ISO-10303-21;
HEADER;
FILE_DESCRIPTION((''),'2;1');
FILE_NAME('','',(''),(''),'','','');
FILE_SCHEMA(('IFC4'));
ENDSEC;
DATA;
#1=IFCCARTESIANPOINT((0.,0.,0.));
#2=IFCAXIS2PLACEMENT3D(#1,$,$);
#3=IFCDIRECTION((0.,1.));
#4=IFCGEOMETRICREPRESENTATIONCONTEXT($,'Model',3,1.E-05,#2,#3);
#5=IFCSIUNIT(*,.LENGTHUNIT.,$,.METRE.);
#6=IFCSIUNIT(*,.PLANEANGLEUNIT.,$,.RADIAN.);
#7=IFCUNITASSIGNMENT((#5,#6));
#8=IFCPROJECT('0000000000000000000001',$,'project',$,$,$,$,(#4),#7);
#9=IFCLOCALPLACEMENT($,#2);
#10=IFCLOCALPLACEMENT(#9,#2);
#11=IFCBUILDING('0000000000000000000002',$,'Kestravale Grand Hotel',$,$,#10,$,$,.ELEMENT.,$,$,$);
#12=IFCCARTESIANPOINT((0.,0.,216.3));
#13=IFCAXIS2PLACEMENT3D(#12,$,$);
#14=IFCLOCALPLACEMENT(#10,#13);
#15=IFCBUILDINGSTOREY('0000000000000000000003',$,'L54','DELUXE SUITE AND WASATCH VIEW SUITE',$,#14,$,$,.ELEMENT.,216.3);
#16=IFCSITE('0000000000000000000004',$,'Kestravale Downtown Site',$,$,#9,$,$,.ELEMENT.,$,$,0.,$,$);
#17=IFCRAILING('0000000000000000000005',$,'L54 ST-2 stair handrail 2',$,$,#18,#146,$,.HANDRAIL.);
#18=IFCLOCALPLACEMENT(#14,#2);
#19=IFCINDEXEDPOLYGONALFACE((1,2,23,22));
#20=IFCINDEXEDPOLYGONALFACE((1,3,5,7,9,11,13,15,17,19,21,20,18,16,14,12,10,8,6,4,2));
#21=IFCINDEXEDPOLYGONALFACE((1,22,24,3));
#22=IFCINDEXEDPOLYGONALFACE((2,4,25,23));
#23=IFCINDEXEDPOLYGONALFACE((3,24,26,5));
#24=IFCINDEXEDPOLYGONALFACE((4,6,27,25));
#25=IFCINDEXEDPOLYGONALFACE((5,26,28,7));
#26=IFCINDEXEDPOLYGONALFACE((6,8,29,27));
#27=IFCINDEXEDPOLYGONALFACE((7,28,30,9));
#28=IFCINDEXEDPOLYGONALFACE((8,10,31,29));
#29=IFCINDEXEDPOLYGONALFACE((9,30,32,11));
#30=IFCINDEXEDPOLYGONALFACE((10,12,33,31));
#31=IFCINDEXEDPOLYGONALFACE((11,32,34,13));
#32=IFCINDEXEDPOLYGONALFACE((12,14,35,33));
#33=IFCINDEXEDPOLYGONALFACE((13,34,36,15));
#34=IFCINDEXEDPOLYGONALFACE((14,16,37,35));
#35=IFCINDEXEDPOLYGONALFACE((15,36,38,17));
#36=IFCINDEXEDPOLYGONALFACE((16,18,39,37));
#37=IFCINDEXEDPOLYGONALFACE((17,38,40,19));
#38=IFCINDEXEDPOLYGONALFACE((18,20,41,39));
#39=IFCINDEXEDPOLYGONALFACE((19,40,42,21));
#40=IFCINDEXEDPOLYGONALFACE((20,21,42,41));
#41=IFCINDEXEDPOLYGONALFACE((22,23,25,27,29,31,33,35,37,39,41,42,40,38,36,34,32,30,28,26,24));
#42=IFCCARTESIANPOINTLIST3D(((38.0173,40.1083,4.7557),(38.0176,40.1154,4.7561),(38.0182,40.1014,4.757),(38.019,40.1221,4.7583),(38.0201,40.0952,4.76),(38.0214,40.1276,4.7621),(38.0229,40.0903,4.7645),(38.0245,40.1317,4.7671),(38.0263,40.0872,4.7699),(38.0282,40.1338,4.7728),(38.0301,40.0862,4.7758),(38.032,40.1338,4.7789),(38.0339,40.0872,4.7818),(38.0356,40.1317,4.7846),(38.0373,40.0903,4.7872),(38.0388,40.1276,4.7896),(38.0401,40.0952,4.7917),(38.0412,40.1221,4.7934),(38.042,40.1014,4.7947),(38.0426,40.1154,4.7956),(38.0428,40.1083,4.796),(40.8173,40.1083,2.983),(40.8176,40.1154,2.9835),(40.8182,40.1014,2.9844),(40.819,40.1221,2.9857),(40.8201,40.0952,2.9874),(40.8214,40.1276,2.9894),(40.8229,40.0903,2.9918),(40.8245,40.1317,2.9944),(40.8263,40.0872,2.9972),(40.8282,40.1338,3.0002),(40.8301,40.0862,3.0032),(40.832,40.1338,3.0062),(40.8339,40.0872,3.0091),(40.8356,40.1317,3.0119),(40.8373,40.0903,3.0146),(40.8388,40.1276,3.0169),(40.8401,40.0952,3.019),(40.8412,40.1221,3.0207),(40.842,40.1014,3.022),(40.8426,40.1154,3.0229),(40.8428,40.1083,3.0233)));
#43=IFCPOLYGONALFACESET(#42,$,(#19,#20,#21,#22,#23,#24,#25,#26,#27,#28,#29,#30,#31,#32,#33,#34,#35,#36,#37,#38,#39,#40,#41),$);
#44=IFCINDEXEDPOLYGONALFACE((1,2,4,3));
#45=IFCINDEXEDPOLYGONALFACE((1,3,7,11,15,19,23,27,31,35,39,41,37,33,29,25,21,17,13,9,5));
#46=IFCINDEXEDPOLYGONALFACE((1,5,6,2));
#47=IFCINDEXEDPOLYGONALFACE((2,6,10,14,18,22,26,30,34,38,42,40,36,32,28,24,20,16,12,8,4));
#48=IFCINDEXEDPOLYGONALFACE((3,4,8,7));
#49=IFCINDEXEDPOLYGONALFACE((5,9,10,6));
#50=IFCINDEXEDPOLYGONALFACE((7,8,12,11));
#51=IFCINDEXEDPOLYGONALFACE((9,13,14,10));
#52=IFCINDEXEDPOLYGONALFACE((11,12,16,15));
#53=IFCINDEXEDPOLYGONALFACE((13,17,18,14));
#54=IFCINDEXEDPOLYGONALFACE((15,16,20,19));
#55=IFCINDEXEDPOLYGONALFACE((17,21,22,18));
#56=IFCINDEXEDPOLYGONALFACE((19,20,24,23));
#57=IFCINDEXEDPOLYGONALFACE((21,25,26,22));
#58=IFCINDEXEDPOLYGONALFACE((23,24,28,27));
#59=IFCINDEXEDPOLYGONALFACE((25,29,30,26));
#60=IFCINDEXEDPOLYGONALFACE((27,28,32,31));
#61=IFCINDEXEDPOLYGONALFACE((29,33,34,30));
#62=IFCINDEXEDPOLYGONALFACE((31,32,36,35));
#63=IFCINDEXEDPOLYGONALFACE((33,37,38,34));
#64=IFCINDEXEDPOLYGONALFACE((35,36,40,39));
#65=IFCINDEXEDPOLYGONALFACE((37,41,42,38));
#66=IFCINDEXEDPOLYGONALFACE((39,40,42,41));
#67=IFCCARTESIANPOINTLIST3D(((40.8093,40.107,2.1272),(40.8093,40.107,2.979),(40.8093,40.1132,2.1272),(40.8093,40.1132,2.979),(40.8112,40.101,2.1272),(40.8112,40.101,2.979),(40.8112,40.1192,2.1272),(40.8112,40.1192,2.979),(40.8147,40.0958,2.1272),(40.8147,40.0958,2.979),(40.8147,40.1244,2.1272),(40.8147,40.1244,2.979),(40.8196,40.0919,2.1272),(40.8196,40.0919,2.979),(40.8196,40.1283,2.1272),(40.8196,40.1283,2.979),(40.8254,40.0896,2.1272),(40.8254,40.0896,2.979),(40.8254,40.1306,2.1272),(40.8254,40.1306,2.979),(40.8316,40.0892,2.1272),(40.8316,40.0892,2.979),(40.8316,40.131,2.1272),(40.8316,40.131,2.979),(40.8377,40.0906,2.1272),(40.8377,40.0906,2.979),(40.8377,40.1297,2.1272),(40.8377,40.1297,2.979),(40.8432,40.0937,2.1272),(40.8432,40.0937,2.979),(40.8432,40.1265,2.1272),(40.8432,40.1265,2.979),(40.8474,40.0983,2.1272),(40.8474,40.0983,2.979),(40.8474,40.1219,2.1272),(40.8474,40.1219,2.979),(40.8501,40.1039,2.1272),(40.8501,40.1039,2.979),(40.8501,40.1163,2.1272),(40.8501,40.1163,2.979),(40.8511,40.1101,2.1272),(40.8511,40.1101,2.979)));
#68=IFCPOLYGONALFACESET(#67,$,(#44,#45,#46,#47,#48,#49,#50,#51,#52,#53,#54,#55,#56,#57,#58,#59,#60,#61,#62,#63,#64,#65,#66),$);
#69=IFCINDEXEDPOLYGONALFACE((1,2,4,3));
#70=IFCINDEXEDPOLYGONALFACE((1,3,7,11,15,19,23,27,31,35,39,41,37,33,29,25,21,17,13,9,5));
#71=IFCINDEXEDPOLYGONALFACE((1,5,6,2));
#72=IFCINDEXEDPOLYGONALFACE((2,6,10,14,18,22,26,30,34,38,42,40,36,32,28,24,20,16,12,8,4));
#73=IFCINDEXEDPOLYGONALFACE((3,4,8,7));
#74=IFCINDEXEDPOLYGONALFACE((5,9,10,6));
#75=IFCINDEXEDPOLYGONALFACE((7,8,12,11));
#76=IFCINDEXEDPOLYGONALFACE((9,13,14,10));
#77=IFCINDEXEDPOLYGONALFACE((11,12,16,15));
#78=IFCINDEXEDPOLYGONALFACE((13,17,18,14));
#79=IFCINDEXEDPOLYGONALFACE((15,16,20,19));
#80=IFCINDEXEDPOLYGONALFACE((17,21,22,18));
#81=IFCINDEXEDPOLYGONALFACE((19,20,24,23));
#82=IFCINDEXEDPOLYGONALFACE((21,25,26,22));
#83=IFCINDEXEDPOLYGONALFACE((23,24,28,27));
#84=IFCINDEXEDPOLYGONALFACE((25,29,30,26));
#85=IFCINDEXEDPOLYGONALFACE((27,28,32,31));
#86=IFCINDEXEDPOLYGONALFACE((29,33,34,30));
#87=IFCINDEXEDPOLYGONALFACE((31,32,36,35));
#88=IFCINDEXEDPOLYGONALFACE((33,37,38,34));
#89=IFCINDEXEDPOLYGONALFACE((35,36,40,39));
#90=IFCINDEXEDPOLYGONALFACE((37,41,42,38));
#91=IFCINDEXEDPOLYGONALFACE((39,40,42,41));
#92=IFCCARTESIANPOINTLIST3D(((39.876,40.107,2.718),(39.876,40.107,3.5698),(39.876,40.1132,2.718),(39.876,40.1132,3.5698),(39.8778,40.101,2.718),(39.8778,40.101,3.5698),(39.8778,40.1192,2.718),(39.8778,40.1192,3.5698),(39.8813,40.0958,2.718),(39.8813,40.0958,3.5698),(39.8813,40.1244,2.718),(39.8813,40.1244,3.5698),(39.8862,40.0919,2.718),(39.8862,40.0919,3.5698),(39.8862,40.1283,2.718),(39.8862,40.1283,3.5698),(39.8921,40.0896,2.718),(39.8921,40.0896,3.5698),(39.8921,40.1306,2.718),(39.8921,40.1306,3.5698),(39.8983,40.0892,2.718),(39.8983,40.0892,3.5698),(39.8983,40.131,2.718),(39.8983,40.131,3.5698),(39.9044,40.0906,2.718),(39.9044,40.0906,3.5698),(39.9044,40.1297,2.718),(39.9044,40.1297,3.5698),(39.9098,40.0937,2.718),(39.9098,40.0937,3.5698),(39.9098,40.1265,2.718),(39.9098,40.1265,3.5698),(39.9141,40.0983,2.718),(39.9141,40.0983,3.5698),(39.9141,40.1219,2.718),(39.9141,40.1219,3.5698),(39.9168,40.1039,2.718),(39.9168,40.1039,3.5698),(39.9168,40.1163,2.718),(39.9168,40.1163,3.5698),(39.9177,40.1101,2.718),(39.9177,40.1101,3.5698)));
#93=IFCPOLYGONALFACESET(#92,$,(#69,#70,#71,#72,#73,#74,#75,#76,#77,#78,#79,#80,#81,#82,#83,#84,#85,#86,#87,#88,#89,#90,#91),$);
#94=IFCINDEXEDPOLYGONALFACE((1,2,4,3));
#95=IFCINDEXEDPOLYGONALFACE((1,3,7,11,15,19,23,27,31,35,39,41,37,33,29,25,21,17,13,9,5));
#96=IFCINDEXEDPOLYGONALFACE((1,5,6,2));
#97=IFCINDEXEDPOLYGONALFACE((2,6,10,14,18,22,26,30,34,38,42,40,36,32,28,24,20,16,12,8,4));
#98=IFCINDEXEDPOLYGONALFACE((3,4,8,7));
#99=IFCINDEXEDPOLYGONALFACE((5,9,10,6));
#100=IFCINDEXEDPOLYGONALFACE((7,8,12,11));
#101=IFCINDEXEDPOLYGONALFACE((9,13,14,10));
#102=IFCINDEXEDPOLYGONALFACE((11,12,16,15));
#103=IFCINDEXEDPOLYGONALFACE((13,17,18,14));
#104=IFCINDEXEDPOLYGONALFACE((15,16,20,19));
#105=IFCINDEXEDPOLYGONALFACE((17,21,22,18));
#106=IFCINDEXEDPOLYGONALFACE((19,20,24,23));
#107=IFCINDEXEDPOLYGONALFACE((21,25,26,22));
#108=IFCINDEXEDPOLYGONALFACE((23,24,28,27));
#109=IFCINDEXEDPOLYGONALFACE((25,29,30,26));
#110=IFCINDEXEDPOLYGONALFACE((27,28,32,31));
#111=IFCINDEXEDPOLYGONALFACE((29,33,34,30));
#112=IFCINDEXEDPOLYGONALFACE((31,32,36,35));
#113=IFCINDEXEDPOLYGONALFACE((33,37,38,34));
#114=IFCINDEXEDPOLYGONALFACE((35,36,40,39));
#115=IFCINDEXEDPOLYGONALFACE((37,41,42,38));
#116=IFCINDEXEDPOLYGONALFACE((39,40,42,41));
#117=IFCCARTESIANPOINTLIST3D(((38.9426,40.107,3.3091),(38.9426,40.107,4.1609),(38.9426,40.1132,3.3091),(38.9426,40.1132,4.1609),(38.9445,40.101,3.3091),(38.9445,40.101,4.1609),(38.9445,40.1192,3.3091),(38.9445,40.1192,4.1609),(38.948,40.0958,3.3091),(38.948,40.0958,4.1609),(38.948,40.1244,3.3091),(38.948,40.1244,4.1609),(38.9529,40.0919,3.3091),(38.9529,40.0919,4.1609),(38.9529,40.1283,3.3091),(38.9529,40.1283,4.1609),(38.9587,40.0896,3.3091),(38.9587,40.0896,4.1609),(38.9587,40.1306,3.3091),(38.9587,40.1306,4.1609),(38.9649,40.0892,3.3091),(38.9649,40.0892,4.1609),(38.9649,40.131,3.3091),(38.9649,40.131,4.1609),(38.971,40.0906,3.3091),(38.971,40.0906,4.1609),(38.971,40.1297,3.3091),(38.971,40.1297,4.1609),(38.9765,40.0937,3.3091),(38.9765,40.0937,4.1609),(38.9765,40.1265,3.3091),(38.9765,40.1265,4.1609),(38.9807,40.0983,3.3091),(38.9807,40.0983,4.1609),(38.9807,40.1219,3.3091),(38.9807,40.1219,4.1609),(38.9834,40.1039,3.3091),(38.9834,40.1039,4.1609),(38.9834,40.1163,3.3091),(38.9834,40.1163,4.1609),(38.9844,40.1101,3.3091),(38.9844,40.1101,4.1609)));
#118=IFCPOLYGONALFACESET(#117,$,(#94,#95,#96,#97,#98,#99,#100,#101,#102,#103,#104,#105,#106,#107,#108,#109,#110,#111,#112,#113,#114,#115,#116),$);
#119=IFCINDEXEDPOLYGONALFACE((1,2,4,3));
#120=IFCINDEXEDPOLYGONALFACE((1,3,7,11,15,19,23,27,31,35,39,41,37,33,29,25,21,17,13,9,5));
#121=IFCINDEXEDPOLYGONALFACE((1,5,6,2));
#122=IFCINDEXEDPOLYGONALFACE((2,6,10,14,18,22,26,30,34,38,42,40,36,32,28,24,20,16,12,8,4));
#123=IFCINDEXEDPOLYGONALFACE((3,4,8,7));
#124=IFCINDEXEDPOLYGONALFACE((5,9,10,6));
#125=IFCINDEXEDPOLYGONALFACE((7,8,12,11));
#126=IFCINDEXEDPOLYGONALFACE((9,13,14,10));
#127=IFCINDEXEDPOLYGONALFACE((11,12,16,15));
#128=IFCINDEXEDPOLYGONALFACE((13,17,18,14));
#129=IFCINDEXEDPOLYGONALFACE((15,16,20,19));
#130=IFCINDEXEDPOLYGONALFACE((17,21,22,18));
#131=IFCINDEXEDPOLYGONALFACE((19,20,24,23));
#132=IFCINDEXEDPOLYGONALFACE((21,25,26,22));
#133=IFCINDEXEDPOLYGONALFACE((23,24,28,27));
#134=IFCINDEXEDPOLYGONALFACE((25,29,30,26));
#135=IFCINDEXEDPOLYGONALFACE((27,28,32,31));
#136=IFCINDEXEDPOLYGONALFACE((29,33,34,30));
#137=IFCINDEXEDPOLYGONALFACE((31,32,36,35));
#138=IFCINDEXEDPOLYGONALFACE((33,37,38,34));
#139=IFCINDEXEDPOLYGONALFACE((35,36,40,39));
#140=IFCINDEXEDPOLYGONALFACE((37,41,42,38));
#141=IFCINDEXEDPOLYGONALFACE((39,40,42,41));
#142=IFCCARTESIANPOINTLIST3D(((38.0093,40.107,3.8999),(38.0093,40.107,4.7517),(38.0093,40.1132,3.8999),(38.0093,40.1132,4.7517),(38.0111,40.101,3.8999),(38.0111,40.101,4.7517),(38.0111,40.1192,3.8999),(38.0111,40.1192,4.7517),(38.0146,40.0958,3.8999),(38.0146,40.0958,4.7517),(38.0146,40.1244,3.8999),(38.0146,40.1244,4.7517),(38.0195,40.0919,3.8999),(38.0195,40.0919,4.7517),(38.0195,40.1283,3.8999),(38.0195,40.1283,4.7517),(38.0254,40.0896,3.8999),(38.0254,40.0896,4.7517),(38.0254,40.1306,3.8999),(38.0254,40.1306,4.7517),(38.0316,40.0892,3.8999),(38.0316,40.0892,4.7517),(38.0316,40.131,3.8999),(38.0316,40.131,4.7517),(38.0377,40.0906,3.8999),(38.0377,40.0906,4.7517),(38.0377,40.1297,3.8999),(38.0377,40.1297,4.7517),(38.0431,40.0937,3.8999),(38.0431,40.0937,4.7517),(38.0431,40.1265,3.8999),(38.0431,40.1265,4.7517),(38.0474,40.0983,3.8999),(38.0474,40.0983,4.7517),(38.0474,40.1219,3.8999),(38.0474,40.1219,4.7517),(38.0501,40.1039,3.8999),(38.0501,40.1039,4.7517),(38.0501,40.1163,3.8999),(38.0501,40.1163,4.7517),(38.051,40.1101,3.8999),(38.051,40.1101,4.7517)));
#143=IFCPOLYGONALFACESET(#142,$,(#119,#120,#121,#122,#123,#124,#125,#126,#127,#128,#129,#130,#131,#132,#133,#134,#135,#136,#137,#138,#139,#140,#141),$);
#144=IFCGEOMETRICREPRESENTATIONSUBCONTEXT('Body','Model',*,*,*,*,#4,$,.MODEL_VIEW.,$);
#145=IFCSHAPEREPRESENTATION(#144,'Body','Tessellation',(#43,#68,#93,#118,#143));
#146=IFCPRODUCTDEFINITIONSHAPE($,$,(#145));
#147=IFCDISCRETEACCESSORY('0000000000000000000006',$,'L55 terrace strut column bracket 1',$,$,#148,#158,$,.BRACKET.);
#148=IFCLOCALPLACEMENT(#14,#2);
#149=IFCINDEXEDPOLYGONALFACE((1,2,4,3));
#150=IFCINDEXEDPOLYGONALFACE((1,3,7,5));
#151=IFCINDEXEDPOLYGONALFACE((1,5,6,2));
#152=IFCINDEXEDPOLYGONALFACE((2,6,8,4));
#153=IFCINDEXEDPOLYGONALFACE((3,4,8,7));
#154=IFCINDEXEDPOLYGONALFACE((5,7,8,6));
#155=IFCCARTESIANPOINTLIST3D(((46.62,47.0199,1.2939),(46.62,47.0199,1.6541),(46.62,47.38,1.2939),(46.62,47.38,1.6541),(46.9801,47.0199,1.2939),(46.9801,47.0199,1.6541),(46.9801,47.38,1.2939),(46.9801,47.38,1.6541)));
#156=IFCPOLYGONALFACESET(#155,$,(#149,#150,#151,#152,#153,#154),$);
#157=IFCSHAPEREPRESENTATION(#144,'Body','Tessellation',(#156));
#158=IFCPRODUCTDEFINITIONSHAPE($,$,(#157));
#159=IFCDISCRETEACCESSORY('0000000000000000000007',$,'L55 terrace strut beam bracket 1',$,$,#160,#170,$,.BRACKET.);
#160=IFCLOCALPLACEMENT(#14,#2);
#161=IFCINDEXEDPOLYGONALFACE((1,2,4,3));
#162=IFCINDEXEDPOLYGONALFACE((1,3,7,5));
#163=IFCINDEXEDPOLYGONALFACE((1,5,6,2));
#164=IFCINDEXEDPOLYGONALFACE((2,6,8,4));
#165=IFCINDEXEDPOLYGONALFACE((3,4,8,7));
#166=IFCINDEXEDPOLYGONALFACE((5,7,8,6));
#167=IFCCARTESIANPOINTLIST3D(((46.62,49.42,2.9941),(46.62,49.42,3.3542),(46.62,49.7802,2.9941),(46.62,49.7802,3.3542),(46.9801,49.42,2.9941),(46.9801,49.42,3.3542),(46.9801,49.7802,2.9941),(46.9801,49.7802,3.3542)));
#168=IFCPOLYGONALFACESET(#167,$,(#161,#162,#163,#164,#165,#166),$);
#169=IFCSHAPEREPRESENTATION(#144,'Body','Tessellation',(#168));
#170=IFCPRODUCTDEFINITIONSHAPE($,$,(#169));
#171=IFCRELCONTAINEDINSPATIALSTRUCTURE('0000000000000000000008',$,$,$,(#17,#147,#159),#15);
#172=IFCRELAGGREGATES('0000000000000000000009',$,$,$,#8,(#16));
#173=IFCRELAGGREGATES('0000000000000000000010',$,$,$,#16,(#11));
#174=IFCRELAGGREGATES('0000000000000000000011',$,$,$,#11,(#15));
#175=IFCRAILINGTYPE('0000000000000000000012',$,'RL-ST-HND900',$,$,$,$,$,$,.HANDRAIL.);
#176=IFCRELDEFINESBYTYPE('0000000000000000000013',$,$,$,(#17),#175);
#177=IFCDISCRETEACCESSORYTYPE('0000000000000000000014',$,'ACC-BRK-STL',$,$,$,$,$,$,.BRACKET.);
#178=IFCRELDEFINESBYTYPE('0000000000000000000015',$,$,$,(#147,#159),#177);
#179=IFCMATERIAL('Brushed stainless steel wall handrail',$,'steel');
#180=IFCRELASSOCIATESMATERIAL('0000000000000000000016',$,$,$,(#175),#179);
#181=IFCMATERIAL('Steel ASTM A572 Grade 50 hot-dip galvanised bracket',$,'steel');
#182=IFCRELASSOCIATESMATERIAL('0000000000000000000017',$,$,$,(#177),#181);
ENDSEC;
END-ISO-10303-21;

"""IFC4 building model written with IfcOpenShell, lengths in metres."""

from ifc_helpers import new_model, si_unit, direction, frame, origin, origin_2d, place, context, subcontext, project, spatial, rectangle, circle, extrude, material, type_object, element, save


model = new_model("IFC4")

# Units and contexts
model_context = context("Model", 3, precision=1e-05, world=origin(), true_north=direction((0.0, 1.0)))
body_context = subcontext(model_context, "Body", "Model", "MODEL_VIEW")
ifc_project = project(units=[si_unit("LENGTHUNIT", "METRE"), si_unit("PLANEANGLEUNIT", "RADIAN")], contexts=[model_context])

# Site, building, storey
site_placement = place(None, origin())
site = spatial("IfcSite", under=ifc_project, at=site_placement, Name="Kestravale Downtown Site", CompositionType="ELEMENT", RefElevation=0.0)
building_placement = place(site_placement, origin())
building = spatial("IfcBuilding", under=site, at=building_placement, Name="Kestravale Grand Hotel", CompositionType="ELEMENT")
storey_placement = place(building_placement, frame((0.0, 0.0, 216.3)))
storey = spatial("IfcBuildingStorey", under=building, at=storey_placement, Name="L54", Description="DELUXE SUITE AND WASATCH VIEW SUITE", CompositionType="ELEMENT", Elevation=216.3)

# Railing
ifc_material_1 = material(Name="Brushed stainless steel wall handrail", Category="steel")
railing_type_1 = type_object("IfcRailingType", Name="RL-ST-HND900", PredefinedType="HANDRAIL", material=ifc_material_1)
railing_1_placement = place(storey_placement, frame((40.8301, 40.1101, 2.1272)))
element("IfcRailing", 1, at=railing_1_placement, inside=storey, type_object=railing_type_1, Name="L54 ST-2 stair handrail 2", PredefinedType="HANDRAIL", context=body_context, shape_type="SweptSolid", body=[
    extrude(circle(Radius=0.0239, at=origin_2d()), frame((0.0, 0.0, 0.876), z_axis=(-0.844909, 0.0, 0.53491), x_axis=(0.0, -1.0, 0.0)), (0.0, 0.0, 1.0), 3.314),
    extrude(circle(Radius=0.021, at=origin_2d()), origin(), (0.0, 0.0, 1.0), 0.8518),
    extrude(circle(Radius=0.021, at=origin_2d()), frame((-0.9333, 0.0, 0.5908)), (0.0, 0.0, 1.0), 0.8518),
    extrude(circle(Radius=0.021, at=origin_2d()), frame((-1.8667, 0.0, 1.1819)), (0.0, 0.0, 1.0), 0.8518),
    extrude(circle(Radius=0.021, at=origin_2d()), frame((-2.8, 0.0, 1.7727)), (0.0, 0.0, 1.0), 0.8518),
])

# Discrete accessories
ifc_material_2 = material(Name="Steel ASTM A572 Grade 50 hot-dip galvanised bracket", Category="steel")
discrete_accessory_type = type_object("IfcDiscreteAccessoryType", Name="ACC-BRK-STL", PredefinedType="BRACKET", material=ifc_material_2)
for number, where, z_axis, x_axis, name in (
    (2, (46.8, 47.2, 1.2939), (0.0, 0.0, 1.0), (1.0, 0.0, 0.0), "L55 terrace strut column bracket 1"),
    (3, (46.8, 49.6001, 2.9941), (0.0, 0.0, 1.0), (1.0, 0.0, 0.0), "L55 terrace strut beam bracket 1"),
):
    element("IfcDiscreteAccessory", number, at=place(storey_placement, frame(where, z_axis=z_axis, x_axis=x_axis)), inside=storey, type_object=discrete_accessory_type, Name=name, PredefinedType="BRACKET", context=body_context, shape_type="SweptSolid", body=[
        extrude(rectangle(XDim=0.3601, YDim=0.3601, at=origin_2d()), origin(), (0.0, 0.0, 1.0), 0.3601),
    ])

save(model, "model.ifc")
